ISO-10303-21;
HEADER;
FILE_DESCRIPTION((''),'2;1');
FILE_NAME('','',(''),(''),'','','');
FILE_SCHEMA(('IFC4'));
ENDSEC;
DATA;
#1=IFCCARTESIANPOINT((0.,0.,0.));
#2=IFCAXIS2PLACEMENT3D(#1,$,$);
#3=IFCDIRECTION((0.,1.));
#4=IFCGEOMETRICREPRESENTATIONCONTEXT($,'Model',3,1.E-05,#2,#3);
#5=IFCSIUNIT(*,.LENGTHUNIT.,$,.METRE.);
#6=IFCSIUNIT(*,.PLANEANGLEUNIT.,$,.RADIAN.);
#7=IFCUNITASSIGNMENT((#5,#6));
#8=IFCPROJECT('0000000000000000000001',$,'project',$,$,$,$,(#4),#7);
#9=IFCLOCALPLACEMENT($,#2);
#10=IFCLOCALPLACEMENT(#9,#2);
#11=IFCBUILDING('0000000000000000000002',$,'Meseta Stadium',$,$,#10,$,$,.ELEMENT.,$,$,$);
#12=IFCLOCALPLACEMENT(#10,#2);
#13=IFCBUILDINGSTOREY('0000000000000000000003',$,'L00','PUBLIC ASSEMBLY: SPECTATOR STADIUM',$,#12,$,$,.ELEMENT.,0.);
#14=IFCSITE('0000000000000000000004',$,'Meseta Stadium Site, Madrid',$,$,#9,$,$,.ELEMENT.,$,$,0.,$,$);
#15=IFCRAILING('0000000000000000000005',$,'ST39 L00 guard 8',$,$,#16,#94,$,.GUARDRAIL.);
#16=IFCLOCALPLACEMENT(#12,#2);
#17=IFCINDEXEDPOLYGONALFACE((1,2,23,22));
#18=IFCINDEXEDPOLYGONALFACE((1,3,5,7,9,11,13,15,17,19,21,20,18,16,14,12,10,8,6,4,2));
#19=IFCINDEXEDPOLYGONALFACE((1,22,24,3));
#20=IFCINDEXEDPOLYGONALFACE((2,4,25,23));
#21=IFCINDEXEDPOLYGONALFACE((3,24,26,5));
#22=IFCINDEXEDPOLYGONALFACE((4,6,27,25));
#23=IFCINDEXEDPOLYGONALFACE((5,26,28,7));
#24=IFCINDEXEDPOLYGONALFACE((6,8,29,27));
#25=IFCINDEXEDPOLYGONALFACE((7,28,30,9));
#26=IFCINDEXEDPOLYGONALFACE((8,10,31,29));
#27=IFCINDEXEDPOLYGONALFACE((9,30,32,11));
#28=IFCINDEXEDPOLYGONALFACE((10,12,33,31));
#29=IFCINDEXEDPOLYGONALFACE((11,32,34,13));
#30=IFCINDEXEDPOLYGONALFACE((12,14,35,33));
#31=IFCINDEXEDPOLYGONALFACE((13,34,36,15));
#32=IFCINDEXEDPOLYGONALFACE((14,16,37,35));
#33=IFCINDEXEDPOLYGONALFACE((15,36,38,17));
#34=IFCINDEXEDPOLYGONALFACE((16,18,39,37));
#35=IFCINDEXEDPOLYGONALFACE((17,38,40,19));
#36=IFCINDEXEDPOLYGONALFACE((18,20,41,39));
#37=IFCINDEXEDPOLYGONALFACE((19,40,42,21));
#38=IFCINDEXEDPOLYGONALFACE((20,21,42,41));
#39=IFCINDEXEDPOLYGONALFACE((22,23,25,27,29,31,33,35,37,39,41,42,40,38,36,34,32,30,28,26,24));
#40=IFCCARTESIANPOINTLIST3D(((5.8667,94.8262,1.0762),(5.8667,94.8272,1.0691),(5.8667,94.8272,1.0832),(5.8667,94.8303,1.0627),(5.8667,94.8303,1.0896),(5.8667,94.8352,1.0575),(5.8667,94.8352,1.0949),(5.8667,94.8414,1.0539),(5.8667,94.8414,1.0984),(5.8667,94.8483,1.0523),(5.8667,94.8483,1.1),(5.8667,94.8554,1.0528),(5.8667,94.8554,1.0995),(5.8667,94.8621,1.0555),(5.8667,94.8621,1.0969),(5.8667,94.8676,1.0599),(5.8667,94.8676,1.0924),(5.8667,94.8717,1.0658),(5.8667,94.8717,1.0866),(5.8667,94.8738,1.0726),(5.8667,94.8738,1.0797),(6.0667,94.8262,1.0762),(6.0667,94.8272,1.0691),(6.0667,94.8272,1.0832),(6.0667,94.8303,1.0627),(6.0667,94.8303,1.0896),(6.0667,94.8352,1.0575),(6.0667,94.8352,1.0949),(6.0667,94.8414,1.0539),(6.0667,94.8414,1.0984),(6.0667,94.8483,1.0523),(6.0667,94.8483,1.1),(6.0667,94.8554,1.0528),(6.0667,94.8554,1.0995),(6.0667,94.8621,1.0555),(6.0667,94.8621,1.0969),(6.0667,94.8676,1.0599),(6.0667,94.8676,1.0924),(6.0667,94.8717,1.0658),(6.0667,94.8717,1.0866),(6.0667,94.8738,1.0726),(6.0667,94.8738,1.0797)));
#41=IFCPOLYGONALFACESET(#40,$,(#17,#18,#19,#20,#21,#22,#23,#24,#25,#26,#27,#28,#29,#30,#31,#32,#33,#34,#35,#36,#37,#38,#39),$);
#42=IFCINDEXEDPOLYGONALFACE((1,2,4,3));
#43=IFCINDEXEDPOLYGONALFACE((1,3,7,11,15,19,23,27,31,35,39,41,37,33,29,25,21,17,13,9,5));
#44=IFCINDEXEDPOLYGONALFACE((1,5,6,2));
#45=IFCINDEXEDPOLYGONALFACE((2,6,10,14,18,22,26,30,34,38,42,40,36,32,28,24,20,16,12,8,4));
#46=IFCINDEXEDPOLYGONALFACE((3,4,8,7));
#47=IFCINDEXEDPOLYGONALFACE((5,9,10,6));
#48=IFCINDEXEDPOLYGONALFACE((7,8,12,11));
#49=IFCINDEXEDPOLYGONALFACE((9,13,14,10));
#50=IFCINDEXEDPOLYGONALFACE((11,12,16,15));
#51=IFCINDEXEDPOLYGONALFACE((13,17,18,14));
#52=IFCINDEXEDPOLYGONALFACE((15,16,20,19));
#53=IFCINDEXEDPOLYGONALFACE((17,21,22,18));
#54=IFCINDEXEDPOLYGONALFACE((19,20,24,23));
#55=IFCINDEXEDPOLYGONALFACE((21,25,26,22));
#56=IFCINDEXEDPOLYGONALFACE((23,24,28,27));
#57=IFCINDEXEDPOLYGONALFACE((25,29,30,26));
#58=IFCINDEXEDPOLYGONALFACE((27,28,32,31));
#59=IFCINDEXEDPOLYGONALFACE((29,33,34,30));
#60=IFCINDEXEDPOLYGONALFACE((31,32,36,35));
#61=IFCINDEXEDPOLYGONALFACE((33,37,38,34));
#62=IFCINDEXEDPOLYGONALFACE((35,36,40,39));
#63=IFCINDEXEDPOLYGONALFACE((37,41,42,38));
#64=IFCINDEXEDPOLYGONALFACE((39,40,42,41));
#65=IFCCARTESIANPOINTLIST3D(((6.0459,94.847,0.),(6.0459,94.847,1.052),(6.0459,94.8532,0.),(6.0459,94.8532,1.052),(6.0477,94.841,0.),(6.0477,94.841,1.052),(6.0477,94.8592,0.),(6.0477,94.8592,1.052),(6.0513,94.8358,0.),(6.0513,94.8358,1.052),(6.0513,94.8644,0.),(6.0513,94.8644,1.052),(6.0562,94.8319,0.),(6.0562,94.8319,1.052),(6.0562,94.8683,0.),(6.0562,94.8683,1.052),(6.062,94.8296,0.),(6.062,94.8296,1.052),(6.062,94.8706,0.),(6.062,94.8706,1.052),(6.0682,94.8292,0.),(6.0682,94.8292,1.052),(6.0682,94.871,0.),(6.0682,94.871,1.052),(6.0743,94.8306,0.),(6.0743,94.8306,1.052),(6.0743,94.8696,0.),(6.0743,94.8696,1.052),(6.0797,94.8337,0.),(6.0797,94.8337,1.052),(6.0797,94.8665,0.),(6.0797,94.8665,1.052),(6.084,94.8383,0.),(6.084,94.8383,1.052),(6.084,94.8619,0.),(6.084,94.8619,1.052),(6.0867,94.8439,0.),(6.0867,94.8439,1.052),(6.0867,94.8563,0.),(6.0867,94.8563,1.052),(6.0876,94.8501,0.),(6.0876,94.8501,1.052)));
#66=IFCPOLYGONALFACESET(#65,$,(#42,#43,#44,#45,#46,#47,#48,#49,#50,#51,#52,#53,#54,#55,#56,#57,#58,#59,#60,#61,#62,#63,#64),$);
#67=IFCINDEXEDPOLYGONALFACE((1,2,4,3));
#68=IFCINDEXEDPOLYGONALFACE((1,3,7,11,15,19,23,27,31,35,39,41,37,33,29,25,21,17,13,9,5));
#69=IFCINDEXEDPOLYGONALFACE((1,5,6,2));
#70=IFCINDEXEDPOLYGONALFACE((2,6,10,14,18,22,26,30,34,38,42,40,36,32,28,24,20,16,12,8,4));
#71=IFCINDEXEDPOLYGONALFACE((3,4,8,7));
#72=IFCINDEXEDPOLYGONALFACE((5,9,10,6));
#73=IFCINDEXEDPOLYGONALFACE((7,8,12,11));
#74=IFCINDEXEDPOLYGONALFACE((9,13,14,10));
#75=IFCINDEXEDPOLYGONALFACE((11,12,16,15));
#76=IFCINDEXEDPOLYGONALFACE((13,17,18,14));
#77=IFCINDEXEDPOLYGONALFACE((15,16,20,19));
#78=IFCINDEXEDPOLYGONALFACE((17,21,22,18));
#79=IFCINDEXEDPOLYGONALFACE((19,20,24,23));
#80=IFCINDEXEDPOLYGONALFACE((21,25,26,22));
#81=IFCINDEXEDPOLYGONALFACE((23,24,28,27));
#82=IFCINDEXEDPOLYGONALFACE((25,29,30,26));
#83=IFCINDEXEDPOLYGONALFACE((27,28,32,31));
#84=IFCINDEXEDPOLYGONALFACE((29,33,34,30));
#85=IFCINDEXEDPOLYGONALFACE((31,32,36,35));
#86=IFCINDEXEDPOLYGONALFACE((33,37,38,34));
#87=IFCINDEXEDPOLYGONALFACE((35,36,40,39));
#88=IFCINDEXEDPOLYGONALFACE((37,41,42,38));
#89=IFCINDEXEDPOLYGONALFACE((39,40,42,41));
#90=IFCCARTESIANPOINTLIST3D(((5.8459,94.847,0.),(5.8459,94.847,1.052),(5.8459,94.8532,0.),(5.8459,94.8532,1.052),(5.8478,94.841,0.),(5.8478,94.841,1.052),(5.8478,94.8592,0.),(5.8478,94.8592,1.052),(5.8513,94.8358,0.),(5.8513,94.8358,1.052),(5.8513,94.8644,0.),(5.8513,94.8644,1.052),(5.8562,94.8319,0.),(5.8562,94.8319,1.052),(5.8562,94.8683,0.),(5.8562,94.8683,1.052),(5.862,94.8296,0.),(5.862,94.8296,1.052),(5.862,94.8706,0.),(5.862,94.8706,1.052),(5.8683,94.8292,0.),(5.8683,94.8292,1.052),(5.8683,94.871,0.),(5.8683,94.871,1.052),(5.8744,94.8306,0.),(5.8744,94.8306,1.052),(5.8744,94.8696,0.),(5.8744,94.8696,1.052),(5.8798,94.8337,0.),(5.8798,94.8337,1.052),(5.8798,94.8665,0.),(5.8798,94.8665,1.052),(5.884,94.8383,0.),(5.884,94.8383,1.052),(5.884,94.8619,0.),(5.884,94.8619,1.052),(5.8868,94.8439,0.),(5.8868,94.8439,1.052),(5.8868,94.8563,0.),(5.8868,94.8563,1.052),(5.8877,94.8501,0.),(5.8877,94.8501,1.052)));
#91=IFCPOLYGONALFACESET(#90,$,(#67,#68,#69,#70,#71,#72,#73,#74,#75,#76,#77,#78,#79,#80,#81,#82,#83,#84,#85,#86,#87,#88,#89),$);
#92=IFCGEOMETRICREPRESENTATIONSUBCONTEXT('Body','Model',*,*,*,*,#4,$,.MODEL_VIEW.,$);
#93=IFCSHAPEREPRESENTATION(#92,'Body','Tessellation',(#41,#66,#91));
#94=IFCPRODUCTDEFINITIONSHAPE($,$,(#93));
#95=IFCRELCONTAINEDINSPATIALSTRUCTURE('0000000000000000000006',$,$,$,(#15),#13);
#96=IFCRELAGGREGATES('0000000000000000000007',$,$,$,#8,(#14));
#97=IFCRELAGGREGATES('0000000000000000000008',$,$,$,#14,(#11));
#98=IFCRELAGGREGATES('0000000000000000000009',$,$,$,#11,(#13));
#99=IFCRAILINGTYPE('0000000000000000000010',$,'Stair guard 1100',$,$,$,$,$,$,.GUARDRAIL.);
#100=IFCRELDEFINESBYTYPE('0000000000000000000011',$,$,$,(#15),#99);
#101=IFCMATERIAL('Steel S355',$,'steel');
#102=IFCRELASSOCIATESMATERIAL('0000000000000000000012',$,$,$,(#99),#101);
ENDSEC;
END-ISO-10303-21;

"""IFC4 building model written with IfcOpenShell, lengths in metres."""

from ifc_helpers import new_model, si_unit, direction, frame, origin, origin_2d, place, context, subcontext, project, spatial, circle, extrude, material, type_object, element, save


model = new_model("IFC4")

# Units and contexts
model_context = context("Model", 3, precision=1e-05, world=origin(), true_north=direction((0.0, 1.0)))
body_context = subcontext(model_context, "Body", "Model", "MODEL_VIEW")
ifc_project = project(units=[si_unit("LENGTHUNIT", "METRE"), si_unit("PLANEANGLEUNIT", "RADIAN")], contexts=[model_context])

# Site, building, storey
site_placement = place(None, origin())
site = spatial("IfcSite", under=ifc_project, at=site_placement, Name="Meseta Stadium Site, Madrid", CompositionType="ELEMENT", RefElevation=0.0)
building_placement = place(site_placement, origin())
building = spatial("IfcBuilding", under=site, at=building_placement, Name="Meseta Stadium", CompositionType="ELEMENT")
storey_placement = place(building_placement, origin())
storey = spatial("IfcBuildingStorey", under=building, at=storey_placement, Name="L00", Description="PUBLIC ASSEMBLY: SPECTATOR STADIUM", CompositionType="ELEMENT", Elevation=0.0)

# Railing
ifc_material_1 = material(Name="Steel S355", Category="steel")
railing_type_1 = type_object("IfcRailingType", Name="Stair guard 1100", PredefinedType="GUARDRAIL", material=ifc_material_1)
railing_1_placement = place(storey_placement, frame((6.0667, 94.8501, 0.0)))
element("IfcRailing", 1, at=railing_1_placement, inside=storey, type_object=railing_type_1, Name="ST39 L00 guard 8", PredefinedType="GUARDRAIL", context=body_context, shape_type="SweptSolid", body=[
    extrude(circle(Radius=0.0239, at=origin_2d()), frame((0.0, 0.0, 1.0762), z_axis=(-1.0, 0.0, 0.0), x_axis=(0.0, -1.0, 0.0)), (0.0, 0.0, 1.0), 0.2),
    extrude(circle(Radius=0.021, at=origin_2d()), origin(), (0.0, 0.0, 1.0), 1.052),
    extrude(circle(Radius=0.021, at=origin_2d()), frame((-0.2, 0.0, 0.0)), (0.0, 0.0, 1.0), 1.052),
])

save(model, "model.ifc")
